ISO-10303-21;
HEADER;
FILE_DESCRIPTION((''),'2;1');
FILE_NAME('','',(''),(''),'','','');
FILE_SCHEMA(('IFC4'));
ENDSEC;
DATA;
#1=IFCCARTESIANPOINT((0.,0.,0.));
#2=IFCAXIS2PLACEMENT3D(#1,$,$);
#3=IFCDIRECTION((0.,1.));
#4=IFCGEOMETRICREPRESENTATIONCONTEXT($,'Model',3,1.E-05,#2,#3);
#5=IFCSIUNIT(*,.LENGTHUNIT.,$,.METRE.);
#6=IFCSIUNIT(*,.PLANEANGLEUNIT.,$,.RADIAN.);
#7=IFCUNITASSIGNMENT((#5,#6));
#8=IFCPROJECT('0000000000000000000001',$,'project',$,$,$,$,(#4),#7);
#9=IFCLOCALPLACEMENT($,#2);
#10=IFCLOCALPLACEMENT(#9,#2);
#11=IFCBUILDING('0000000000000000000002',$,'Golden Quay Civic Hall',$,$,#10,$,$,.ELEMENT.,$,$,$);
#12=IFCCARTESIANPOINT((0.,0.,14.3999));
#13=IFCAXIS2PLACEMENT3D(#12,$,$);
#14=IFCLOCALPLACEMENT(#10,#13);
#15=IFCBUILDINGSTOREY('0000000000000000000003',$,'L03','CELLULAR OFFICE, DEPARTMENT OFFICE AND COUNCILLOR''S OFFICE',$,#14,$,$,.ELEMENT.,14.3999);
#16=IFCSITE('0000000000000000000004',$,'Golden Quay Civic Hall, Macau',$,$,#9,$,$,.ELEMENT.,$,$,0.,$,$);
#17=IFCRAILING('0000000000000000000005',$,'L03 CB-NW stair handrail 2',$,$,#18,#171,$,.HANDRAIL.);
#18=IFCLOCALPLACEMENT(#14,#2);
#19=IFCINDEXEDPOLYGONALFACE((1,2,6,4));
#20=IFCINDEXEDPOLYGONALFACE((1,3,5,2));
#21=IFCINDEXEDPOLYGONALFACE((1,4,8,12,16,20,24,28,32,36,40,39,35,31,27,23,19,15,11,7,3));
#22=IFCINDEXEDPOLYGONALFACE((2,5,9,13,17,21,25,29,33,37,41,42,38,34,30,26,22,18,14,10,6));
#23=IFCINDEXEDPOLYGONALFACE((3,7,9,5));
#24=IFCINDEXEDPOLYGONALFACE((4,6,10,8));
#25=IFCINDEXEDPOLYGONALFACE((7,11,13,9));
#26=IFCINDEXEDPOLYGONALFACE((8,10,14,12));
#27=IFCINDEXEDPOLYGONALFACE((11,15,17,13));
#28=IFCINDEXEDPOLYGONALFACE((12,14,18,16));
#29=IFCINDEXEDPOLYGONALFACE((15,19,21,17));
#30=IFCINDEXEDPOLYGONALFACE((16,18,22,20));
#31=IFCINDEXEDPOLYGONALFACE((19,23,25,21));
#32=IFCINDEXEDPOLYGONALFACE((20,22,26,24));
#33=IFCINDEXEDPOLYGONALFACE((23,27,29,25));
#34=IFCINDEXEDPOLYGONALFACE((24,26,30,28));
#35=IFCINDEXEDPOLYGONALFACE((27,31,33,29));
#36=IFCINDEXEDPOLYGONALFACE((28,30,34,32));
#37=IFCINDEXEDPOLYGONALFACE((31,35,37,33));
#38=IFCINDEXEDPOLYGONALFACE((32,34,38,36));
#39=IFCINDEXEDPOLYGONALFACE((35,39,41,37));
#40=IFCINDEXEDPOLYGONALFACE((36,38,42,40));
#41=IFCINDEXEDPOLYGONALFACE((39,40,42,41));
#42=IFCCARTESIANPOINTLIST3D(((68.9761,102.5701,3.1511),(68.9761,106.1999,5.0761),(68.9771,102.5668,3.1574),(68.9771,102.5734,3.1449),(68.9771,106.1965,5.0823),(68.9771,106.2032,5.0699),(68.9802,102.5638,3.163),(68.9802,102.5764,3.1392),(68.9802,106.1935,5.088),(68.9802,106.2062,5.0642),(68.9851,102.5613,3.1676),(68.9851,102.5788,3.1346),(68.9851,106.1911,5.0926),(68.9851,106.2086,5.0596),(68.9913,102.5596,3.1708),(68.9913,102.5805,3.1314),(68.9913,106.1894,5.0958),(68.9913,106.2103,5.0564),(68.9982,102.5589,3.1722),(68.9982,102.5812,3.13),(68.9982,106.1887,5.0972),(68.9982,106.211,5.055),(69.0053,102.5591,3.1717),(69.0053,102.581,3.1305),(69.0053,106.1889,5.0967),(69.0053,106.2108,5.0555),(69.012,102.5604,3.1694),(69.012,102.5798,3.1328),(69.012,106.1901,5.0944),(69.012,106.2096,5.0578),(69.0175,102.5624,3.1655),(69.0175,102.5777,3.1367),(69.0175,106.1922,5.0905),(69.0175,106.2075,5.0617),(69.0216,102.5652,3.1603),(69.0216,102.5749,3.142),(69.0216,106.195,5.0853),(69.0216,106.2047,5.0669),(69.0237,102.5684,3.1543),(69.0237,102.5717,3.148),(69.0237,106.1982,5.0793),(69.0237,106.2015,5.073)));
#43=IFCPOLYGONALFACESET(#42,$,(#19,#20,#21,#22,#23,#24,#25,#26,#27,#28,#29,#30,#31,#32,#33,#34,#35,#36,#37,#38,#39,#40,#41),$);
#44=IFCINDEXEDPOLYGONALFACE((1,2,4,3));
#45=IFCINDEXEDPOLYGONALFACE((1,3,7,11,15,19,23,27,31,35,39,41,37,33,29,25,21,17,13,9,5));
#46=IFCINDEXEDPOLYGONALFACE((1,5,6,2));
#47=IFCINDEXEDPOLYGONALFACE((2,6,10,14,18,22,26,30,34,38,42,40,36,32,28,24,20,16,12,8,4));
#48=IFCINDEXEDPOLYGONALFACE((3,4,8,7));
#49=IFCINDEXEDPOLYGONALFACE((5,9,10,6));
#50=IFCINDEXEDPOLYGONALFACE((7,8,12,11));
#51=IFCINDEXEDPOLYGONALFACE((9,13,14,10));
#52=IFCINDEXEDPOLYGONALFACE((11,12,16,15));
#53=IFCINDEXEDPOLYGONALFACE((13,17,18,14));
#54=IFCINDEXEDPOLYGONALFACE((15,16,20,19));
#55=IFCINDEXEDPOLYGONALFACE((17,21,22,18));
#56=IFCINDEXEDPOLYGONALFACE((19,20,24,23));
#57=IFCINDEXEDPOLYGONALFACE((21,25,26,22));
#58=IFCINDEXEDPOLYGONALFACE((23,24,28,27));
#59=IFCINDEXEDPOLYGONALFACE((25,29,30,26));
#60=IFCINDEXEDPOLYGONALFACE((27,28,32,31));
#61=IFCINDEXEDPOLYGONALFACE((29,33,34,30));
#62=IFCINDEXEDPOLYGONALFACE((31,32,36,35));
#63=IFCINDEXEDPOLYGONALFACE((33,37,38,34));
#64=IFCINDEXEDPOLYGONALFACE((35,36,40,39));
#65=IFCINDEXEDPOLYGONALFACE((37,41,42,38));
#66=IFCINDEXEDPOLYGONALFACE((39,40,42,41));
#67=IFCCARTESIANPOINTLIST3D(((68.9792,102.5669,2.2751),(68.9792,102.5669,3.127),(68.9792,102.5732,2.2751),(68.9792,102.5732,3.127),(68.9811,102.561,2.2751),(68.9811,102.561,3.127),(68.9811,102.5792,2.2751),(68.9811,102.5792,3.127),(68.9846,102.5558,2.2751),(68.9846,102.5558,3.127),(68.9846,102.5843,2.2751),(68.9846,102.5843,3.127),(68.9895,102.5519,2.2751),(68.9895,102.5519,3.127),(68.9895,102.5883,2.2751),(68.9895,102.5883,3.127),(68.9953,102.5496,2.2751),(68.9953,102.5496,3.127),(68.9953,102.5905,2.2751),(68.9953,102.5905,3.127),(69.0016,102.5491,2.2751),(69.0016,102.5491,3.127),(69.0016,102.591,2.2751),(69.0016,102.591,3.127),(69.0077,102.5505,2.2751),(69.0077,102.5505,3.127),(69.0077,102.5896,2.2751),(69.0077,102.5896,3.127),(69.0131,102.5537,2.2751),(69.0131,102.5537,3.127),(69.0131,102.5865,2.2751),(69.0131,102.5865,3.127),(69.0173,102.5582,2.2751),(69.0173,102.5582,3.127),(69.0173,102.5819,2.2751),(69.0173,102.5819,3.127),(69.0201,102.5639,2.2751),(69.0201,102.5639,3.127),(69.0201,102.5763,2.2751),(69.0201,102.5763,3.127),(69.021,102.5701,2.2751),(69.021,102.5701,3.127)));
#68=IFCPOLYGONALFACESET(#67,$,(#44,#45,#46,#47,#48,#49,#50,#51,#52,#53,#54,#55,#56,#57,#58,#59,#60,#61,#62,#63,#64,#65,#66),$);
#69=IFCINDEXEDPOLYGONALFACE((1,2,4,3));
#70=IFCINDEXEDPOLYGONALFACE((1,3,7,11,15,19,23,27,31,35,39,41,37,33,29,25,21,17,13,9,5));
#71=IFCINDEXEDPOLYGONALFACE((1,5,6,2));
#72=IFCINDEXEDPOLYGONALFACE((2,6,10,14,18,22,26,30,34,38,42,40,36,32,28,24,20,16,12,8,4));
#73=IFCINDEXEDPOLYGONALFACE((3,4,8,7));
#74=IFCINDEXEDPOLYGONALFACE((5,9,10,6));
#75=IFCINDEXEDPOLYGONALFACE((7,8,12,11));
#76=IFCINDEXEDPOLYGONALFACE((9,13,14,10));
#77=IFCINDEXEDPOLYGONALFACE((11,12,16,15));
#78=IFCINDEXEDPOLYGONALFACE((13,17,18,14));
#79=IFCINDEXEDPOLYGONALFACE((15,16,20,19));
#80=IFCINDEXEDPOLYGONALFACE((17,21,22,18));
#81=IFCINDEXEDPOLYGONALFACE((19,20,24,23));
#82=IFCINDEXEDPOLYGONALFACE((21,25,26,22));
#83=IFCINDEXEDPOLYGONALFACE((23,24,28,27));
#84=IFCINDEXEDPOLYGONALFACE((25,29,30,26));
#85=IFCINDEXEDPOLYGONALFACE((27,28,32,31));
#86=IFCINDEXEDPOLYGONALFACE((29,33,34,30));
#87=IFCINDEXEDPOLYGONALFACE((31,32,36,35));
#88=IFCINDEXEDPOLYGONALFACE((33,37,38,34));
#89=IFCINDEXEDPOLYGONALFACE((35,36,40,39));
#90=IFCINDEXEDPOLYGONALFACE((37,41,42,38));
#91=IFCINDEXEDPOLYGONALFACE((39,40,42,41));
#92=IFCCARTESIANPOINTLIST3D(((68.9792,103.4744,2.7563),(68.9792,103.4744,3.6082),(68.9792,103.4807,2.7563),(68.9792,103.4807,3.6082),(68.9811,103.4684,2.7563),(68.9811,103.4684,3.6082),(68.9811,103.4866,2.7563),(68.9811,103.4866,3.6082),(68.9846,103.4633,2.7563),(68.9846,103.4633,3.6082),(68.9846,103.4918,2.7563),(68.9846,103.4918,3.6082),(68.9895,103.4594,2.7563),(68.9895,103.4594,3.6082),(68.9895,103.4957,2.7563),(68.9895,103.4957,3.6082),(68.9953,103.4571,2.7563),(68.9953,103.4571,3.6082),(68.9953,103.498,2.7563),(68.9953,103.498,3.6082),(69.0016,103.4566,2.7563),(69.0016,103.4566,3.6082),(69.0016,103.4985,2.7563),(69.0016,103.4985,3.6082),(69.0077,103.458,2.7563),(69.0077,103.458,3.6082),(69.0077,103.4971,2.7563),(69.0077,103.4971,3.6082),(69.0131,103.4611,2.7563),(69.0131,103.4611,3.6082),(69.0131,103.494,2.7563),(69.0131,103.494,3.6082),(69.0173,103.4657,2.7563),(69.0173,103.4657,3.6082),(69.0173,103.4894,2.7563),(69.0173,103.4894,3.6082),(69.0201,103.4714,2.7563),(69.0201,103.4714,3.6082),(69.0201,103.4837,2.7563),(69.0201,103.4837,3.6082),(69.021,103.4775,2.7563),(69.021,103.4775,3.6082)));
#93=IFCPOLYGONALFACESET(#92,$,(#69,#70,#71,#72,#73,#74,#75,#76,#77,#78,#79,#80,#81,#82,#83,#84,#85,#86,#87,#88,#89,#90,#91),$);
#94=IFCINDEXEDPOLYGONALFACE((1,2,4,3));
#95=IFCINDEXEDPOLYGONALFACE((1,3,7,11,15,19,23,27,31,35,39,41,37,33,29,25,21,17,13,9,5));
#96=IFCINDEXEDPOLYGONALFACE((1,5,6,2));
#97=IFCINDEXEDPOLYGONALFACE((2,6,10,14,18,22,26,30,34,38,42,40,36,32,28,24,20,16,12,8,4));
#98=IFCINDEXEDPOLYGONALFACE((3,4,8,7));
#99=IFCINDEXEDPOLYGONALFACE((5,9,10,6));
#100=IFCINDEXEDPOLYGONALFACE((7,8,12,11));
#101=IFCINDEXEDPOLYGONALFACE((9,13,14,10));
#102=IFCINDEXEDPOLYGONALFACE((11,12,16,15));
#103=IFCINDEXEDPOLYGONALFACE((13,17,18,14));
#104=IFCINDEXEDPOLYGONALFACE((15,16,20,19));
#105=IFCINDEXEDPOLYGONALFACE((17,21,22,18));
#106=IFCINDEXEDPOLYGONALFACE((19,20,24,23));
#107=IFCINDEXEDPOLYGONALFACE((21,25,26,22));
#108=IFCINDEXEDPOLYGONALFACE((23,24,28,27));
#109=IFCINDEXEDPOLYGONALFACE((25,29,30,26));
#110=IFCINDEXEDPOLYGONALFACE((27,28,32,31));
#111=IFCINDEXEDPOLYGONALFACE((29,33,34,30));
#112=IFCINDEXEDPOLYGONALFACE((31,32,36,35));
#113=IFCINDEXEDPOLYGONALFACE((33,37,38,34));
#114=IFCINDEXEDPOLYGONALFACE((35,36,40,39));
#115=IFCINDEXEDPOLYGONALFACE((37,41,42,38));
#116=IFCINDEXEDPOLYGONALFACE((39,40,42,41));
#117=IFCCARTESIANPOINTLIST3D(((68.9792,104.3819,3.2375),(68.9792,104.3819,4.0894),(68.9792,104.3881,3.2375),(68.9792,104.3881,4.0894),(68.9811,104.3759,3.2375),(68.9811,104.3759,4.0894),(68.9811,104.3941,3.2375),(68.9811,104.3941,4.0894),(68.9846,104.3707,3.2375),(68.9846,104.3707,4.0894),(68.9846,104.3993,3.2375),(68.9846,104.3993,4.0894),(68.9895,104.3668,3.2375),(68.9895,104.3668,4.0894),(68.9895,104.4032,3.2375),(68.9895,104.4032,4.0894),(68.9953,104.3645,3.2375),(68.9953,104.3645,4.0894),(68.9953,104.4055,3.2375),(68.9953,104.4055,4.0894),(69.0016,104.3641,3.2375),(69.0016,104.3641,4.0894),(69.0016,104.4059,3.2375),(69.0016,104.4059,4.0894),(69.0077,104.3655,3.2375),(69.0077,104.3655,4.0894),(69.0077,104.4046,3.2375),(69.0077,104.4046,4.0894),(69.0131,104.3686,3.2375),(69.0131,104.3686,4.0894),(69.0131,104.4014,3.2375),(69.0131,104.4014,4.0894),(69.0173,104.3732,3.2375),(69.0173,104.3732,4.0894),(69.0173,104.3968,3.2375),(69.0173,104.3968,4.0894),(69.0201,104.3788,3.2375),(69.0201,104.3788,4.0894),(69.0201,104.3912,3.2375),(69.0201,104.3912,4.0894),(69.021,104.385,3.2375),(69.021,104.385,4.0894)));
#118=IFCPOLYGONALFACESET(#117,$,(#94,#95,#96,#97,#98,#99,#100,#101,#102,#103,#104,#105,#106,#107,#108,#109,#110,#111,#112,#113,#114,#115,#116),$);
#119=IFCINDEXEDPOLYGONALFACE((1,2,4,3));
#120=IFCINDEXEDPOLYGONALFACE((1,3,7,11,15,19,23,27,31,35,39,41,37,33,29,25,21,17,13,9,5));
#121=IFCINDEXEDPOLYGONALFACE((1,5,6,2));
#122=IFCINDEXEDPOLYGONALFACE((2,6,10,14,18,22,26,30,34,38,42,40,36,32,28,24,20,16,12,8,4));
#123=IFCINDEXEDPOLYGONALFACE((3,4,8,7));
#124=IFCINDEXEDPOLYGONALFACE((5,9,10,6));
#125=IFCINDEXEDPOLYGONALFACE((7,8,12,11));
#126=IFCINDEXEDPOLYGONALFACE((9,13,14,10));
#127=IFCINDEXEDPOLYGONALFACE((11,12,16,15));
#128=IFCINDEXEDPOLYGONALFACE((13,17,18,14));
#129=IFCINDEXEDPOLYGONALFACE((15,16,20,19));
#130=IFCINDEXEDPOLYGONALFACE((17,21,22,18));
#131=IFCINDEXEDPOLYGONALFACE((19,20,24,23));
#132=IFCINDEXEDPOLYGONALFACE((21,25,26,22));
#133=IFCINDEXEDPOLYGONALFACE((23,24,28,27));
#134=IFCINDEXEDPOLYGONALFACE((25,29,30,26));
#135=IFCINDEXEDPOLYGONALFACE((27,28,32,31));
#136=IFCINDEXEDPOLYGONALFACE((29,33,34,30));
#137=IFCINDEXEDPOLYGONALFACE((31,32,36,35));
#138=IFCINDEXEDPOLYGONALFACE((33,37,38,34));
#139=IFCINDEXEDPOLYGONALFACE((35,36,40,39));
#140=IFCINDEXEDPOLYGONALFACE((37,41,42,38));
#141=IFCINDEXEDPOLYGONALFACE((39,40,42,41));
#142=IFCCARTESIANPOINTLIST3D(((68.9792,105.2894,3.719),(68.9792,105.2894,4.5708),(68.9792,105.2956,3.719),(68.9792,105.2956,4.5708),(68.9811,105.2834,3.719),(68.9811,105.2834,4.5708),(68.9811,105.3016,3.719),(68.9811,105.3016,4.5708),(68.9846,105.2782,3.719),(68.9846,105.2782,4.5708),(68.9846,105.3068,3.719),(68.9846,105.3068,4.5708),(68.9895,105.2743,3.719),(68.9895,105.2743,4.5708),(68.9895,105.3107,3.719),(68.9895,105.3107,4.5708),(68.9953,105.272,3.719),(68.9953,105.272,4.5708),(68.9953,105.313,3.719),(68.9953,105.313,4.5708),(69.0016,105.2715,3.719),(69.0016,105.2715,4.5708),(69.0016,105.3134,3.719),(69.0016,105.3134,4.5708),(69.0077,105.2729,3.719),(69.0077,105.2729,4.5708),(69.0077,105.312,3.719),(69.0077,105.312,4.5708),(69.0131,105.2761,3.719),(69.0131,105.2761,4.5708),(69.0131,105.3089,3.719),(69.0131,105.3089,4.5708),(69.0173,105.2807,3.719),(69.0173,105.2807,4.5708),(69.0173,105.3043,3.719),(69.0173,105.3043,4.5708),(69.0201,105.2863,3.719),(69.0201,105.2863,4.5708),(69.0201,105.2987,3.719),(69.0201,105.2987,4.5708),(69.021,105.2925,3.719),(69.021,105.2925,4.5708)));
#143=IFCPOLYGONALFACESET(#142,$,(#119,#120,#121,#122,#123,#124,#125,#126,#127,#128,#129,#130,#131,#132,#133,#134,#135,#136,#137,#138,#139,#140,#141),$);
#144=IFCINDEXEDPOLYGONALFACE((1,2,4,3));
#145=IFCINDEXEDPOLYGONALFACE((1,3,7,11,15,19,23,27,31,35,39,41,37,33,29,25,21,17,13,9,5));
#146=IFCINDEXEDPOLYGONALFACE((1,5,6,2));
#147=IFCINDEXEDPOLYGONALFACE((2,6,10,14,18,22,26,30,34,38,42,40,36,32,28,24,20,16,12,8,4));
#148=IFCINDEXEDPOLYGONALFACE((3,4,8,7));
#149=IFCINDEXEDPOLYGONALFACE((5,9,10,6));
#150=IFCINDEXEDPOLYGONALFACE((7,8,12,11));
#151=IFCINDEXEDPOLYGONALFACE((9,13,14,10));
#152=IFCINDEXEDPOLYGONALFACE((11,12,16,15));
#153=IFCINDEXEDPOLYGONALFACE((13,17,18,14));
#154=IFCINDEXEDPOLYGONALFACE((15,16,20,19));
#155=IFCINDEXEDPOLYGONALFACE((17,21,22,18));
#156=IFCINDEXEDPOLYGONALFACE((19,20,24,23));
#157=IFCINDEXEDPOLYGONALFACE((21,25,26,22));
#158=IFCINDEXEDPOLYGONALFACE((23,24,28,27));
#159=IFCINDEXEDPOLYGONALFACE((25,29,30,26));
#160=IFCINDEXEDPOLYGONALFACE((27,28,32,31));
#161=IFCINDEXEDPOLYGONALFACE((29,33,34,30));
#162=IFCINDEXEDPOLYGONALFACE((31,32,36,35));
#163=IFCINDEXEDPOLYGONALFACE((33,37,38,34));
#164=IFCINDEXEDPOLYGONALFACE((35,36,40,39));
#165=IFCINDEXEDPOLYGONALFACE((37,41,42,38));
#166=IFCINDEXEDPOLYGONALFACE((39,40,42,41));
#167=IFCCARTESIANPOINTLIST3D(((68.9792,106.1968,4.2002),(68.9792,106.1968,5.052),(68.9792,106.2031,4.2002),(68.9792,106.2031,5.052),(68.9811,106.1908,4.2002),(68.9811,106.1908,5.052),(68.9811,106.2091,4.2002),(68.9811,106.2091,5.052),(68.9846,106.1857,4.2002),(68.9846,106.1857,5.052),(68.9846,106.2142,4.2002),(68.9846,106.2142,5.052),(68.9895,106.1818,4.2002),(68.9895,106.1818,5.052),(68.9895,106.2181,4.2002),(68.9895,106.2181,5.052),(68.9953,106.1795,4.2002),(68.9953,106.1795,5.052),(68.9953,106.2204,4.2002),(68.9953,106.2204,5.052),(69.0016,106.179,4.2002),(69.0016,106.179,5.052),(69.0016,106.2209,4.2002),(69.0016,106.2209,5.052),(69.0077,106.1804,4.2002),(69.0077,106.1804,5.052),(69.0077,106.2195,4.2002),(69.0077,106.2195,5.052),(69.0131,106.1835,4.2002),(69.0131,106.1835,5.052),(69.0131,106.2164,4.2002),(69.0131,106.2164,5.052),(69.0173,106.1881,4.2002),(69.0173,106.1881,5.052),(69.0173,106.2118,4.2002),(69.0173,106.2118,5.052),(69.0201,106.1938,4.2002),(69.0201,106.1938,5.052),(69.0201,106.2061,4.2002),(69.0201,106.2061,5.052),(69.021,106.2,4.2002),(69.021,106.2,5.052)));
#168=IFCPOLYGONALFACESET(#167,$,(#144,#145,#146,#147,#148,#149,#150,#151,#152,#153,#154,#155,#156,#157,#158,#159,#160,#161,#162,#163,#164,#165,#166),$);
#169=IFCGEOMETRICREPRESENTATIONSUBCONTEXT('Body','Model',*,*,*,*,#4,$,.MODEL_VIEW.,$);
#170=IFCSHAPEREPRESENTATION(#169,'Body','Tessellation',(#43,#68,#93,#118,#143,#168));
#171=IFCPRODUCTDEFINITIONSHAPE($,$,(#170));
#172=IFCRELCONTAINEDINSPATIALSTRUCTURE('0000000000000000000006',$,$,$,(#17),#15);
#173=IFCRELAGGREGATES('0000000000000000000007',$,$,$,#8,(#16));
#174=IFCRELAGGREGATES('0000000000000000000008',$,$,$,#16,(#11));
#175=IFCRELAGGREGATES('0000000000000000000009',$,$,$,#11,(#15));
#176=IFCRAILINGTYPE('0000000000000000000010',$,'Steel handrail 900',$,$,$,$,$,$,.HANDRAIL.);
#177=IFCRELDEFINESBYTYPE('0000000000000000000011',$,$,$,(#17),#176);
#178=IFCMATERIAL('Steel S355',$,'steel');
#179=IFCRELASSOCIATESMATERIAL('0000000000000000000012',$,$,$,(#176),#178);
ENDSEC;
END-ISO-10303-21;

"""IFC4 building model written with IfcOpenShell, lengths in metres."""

from ifc_helpers import new_model, si_unit, direction, frame, origin, origin_2d, place, context, subcontext, project, spatial, circle, extrude, material, type_object, element, save


model = new_model("IFC4")

# Units and contexts
model_context = context("Model", 3, precision=1e-05, world=origin(), true_north=direction((0.0, 1.0)))
body_context = subcontext(model_context, "Body", "Model", "MODEL_VIEW")
ifc_project = project(units=[si_unit("LENGTHUNIT", "METRE"), si_unit("PLANEANGLEUNIT", "RADIAN")], contexts=[model_context])

# Site, building, storey
site_placement = place(None, origin())
site = spatial("IfcSite", under=ifc_project, at=site_placement, Name="Golden Quay Civic Hall, Macau", CompositionType="ELEMENT", RefElevation=0.0)
building_placement = place(site_placement, origin())
building = spatial("IfcBuilding", under=site, at=building_placement, Name="Golden Quay Civic Hall", CompositionType="ELEMENT")
storey_placement = place(building_placement, frame((0.0, 0.0, 14.3999)))
storey = spatial("IfcBuildingStorey", under=building, at=storey_placement, Name="L03", Description="CELLULAR OFFICE, DEPARTMENT OFFICE AND COUNCILLOR'S OFFICE", CompositionType="ELEMENT", Elevation=14.3999)

# Railing
ifc_material_1 = material(Name="Steel S355", Category="steel")
railing_type_1 = type_object("IfcRailingType", Name="Steel handrail 900", PredefinedType="HANDRAIL", material=ifc_material_1)
railing_1_placement = place(storey_placement, frame((69.0, 102.5701, 2.2751)))
element("IfcRailing", 1, at=railing_1_placement, inside=storey, type_object=railing_type_1, Name="L03 CB-NW stair handrail 2", PredefinedType="HANDRAIL", context=body_context, shape_type="SweptSolid", body=[
    extrude(circle(Radius=0.0239, at=origin_2d()), frame((0.0, 0.0, 0.876), z_axis=(0.0, 0.883451, 0.468524), x_axis=(-1.0, 0.0, 0.0)), (0.0, 0.0, 1.0), 4.1086),
    extrude(circle(Radius=0.021, at=origin_2d()), origin(), (0.0, 0.0, 1.0), 0.8518),
    extrude(circle(Radius=0.021, at=origin_2d()), frame((0.0, 0.9075, 0.4812)), (0.0, 0.0, 1.0), 0.8518),
    extrude(circle(Radius=0.021, at=origin_2d()), frame((0.0, 1.8149, 0.9624)), (0.0, 0.0, 1.0), 0.8518),
    extrude(circle(Radius=0.021, at=origin_2d()), frame((0.0, 2.7224, 1.4438)), (0.0, 0.0, 1.0), 0.8518),
    extrude(circle(Radius=0.021, at=origin_2d()), frame((0.0, 3.6299, 1.925)), (0.0, 0.0, 1.0), 0.8518),
])

save(model, "model.ifc")
